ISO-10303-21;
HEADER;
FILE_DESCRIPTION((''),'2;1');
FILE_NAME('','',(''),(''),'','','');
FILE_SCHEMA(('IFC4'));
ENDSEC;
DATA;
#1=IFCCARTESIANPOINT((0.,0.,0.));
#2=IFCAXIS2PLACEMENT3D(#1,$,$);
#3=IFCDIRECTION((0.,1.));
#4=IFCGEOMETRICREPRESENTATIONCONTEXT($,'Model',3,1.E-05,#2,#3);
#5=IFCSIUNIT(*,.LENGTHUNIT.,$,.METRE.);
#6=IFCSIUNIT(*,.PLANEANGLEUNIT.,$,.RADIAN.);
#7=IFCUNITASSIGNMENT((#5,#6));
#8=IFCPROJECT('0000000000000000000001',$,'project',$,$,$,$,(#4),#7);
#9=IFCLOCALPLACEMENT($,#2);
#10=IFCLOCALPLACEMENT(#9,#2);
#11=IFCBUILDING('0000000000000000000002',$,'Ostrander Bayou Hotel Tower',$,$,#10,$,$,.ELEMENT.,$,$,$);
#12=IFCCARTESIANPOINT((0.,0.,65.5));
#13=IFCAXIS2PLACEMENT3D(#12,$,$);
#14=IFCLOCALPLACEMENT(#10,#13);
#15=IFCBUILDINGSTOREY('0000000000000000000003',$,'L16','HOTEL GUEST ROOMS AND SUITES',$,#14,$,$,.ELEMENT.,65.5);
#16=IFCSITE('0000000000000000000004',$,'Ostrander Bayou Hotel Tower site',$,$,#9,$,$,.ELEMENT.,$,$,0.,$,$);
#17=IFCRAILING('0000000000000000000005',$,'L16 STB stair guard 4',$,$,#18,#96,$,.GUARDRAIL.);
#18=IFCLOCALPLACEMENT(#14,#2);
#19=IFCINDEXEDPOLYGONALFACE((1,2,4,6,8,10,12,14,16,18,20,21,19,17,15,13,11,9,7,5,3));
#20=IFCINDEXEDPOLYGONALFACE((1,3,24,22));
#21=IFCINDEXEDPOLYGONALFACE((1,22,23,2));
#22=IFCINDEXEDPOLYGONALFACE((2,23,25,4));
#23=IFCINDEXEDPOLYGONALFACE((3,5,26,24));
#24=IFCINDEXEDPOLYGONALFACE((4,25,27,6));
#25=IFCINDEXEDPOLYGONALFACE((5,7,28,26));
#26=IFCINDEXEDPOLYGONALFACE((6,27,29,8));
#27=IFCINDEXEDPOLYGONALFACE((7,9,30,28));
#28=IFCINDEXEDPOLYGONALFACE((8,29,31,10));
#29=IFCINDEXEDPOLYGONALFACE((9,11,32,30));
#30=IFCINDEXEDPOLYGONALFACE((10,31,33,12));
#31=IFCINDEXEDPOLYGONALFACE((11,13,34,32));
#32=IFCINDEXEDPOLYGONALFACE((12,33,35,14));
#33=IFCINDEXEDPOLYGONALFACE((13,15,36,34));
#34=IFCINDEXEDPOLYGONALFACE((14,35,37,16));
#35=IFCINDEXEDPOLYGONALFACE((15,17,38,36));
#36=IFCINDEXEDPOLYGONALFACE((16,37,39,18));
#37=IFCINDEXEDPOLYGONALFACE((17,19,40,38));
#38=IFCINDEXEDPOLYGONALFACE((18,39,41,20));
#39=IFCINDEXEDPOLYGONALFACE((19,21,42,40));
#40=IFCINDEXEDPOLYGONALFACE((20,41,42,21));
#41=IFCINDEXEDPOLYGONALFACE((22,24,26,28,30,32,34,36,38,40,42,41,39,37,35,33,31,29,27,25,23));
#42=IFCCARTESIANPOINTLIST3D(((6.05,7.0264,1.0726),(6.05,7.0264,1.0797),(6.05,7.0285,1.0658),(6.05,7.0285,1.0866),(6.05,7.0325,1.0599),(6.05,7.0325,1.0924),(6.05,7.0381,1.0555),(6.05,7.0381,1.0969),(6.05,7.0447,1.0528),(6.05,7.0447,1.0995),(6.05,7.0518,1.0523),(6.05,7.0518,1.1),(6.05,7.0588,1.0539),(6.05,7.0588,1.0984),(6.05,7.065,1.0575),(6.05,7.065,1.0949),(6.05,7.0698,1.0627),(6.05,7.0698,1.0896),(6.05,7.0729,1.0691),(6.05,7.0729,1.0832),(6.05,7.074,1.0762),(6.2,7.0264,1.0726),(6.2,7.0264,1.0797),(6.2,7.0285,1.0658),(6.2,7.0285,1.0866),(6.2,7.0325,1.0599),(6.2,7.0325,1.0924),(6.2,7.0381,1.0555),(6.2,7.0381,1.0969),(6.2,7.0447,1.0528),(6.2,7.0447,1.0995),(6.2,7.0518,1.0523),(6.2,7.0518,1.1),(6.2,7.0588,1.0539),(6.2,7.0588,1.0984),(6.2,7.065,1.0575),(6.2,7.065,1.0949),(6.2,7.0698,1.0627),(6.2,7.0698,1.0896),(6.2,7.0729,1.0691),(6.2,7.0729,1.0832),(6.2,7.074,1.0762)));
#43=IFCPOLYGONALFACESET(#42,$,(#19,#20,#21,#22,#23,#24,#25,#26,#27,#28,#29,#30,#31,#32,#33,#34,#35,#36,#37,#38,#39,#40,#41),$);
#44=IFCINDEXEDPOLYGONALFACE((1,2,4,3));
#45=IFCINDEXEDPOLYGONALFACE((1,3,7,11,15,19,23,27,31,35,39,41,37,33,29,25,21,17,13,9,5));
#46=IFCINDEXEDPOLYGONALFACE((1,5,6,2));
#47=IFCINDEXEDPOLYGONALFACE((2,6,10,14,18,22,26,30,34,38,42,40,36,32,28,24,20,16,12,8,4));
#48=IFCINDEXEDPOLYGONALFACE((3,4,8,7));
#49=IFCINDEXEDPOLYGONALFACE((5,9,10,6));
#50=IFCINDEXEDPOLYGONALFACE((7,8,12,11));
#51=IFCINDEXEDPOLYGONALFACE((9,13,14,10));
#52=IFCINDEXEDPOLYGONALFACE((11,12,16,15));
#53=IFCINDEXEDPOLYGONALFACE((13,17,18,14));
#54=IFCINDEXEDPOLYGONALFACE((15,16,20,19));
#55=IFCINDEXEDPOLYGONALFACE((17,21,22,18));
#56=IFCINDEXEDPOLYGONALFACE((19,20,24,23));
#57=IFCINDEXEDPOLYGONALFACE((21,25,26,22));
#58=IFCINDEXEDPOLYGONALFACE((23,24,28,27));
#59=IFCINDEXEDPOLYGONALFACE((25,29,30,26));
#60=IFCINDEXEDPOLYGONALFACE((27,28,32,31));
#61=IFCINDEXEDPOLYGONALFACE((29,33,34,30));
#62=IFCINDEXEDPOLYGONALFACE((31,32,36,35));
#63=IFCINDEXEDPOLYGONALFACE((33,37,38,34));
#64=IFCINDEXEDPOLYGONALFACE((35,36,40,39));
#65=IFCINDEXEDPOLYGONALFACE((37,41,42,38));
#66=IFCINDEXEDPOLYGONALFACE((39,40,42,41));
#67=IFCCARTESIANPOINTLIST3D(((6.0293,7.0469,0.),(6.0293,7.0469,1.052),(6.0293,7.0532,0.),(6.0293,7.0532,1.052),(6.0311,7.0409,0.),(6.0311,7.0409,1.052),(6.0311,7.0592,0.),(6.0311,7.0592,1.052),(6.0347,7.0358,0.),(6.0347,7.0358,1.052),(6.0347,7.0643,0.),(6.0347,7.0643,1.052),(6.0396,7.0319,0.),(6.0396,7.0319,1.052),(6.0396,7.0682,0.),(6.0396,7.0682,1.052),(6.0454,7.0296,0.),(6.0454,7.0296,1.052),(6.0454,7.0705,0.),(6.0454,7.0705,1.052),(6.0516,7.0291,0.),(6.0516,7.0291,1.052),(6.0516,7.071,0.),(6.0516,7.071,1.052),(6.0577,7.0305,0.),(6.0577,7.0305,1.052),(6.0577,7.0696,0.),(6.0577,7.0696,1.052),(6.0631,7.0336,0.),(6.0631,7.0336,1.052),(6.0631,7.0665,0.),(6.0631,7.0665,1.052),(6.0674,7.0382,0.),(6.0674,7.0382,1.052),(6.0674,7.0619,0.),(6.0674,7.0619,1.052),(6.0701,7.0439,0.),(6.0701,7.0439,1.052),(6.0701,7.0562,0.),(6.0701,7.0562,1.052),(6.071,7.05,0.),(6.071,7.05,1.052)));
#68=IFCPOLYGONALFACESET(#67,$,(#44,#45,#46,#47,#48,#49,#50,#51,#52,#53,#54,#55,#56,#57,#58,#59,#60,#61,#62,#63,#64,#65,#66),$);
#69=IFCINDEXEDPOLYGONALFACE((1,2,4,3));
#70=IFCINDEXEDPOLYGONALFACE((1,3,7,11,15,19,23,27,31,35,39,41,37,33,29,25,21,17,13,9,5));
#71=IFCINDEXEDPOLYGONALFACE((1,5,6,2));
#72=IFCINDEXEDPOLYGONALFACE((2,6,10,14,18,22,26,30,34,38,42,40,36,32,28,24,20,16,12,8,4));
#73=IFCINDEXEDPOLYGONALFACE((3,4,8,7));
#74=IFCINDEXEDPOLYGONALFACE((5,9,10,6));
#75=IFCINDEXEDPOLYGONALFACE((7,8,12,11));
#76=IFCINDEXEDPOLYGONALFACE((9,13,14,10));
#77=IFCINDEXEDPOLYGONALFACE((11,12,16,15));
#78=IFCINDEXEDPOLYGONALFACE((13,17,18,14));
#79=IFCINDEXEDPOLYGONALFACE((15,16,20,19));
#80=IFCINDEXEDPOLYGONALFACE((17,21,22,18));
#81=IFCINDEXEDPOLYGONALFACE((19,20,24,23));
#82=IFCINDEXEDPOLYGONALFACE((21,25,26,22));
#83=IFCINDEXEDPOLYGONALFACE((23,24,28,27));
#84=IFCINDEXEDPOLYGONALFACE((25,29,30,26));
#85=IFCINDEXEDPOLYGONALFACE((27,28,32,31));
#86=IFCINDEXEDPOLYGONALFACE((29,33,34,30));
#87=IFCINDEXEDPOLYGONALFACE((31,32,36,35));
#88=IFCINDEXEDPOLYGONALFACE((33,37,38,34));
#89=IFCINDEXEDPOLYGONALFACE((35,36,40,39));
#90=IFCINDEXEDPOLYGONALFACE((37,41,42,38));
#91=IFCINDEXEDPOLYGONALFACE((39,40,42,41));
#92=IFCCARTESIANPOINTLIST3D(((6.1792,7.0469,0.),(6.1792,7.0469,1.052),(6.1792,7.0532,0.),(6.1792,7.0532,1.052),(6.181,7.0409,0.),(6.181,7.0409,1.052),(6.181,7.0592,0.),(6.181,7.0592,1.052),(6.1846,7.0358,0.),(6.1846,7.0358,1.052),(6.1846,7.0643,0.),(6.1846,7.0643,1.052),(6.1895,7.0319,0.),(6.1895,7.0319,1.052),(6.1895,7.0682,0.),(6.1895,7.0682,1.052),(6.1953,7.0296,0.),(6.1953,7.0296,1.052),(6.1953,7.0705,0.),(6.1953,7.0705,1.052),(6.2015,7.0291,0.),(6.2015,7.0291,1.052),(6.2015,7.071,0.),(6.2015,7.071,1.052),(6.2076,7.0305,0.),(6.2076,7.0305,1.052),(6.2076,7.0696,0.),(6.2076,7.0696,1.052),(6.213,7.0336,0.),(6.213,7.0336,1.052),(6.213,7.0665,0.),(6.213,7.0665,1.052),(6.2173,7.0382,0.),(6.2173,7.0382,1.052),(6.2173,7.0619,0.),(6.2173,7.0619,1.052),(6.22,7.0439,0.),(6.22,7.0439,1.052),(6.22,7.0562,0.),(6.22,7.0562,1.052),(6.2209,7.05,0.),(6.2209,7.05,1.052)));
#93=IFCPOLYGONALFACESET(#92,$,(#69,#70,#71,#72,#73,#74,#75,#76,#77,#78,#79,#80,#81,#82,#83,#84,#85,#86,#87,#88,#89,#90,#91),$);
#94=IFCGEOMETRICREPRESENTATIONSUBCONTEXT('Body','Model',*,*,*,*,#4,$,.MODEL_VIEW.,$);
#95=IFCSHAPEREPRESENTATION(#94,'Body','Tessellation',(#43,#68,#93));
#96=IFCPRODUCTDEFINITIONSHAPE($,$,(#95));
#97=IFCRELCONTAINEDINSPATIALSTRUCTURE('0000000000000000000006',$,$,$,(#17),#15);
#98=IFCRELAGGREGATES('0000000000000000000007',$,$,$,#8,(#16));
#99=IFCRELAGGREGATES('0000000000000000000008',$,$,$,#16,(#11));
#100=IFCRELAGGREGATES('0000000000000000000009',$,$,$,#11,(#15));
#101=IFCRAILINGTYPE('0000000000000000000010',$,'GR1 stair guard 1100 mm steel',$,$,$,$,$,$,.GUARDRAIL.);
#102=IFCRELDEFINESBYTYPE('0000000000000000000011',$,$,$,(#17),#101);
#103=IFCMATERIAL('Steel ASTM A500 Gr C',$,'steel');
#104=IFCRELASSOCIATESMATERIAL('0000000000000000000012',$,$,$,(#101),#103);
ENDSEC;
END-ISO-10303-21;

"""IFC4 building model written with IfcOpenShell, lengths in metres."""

from ifc_helpers import new_model, si_unit, direction, frame, origin, origin_2d, place, context, subcontext, project, spatial, circle, extrude, material, type_object, element, save


model = new_model("IFC4")

# Units and contexts
model_context = context("Model", 3, precision=1e-05, world=origin(), true_north=direction((0.0, 1.0)))
body_context = subcontext(model_context, "Body", "Model", "MODEL_VIEW")
ifc_project = project(units=[si_unit("LENGTHUNIT", "METRE"), si_unit("PLANEANGLEUNIT", "RADIAN")], contexts=[model_context])

# Site, building, storey
site_placement = place(None, origin())
site = spatial("IfcSite", under=ifc_project, at=site_placement, Name="Ostrander Bayou Hotel Tower site", CompositionType="ELEMENT", RefElevation=0.0)
building_placement = place(site_placement, origin())
building = spatial("IfcBuilding", under=site, at=building_placement, Name="Ostrander Bayou Hotel Tower", CompositionType="ELEMENT")
storey_placement = place(building_placement, frame((0.0, 0.0, 65.5)))
storey = spatial("IfcBuildingStorey", under=building, at=storey_placement, Name="L16", Description="HOTEL GUEST ROOMS AND SUITES", CompositionType="ELEMENT", Elevation=65.5)

# Railing
ifc_material_1 = material(Name="Steel ASTM A500 Gr C", Category="steel")
railing_type_1 = type_object("IfcRailingType", Name="GR1 stair guard 1100 mm steel", PredefinedType="GUARDRAIL", material=ifc_material_1)
railing_1_placement = place(storey_placement, frame((6.05, 7.05, 0.0)))
element("IfcRailing", 1, at=railing_1_placement, inside=storey, type_object=railing_type_1, Name="L16 STB stair guard 4", PredefinedType="GUARDRAIL", context=body_context, shape_type="SweptSolid", body=[
    extrude(circle(Radius=0.0239, at=origin_2d()), frame((0.0, 0.0, 1.0762), z_axis=(1.0, 0.0, 0.0), x_axis=(0.0, 1.0, 0.0)), (0.0, 0.0, 1.0), 0.1499),
    extrude(circle(Radius=0.021, at=origin_2d()), origin(), (0.0, 0.0, 1.0), 1.052),
    extrude(circle(Radius=0.021, at=origin_2d()), frame((0.1499, 0.0, 0.0)), (0.0, 0.0, 1.0), 1.052),
])

save(model, "model.ifc")
